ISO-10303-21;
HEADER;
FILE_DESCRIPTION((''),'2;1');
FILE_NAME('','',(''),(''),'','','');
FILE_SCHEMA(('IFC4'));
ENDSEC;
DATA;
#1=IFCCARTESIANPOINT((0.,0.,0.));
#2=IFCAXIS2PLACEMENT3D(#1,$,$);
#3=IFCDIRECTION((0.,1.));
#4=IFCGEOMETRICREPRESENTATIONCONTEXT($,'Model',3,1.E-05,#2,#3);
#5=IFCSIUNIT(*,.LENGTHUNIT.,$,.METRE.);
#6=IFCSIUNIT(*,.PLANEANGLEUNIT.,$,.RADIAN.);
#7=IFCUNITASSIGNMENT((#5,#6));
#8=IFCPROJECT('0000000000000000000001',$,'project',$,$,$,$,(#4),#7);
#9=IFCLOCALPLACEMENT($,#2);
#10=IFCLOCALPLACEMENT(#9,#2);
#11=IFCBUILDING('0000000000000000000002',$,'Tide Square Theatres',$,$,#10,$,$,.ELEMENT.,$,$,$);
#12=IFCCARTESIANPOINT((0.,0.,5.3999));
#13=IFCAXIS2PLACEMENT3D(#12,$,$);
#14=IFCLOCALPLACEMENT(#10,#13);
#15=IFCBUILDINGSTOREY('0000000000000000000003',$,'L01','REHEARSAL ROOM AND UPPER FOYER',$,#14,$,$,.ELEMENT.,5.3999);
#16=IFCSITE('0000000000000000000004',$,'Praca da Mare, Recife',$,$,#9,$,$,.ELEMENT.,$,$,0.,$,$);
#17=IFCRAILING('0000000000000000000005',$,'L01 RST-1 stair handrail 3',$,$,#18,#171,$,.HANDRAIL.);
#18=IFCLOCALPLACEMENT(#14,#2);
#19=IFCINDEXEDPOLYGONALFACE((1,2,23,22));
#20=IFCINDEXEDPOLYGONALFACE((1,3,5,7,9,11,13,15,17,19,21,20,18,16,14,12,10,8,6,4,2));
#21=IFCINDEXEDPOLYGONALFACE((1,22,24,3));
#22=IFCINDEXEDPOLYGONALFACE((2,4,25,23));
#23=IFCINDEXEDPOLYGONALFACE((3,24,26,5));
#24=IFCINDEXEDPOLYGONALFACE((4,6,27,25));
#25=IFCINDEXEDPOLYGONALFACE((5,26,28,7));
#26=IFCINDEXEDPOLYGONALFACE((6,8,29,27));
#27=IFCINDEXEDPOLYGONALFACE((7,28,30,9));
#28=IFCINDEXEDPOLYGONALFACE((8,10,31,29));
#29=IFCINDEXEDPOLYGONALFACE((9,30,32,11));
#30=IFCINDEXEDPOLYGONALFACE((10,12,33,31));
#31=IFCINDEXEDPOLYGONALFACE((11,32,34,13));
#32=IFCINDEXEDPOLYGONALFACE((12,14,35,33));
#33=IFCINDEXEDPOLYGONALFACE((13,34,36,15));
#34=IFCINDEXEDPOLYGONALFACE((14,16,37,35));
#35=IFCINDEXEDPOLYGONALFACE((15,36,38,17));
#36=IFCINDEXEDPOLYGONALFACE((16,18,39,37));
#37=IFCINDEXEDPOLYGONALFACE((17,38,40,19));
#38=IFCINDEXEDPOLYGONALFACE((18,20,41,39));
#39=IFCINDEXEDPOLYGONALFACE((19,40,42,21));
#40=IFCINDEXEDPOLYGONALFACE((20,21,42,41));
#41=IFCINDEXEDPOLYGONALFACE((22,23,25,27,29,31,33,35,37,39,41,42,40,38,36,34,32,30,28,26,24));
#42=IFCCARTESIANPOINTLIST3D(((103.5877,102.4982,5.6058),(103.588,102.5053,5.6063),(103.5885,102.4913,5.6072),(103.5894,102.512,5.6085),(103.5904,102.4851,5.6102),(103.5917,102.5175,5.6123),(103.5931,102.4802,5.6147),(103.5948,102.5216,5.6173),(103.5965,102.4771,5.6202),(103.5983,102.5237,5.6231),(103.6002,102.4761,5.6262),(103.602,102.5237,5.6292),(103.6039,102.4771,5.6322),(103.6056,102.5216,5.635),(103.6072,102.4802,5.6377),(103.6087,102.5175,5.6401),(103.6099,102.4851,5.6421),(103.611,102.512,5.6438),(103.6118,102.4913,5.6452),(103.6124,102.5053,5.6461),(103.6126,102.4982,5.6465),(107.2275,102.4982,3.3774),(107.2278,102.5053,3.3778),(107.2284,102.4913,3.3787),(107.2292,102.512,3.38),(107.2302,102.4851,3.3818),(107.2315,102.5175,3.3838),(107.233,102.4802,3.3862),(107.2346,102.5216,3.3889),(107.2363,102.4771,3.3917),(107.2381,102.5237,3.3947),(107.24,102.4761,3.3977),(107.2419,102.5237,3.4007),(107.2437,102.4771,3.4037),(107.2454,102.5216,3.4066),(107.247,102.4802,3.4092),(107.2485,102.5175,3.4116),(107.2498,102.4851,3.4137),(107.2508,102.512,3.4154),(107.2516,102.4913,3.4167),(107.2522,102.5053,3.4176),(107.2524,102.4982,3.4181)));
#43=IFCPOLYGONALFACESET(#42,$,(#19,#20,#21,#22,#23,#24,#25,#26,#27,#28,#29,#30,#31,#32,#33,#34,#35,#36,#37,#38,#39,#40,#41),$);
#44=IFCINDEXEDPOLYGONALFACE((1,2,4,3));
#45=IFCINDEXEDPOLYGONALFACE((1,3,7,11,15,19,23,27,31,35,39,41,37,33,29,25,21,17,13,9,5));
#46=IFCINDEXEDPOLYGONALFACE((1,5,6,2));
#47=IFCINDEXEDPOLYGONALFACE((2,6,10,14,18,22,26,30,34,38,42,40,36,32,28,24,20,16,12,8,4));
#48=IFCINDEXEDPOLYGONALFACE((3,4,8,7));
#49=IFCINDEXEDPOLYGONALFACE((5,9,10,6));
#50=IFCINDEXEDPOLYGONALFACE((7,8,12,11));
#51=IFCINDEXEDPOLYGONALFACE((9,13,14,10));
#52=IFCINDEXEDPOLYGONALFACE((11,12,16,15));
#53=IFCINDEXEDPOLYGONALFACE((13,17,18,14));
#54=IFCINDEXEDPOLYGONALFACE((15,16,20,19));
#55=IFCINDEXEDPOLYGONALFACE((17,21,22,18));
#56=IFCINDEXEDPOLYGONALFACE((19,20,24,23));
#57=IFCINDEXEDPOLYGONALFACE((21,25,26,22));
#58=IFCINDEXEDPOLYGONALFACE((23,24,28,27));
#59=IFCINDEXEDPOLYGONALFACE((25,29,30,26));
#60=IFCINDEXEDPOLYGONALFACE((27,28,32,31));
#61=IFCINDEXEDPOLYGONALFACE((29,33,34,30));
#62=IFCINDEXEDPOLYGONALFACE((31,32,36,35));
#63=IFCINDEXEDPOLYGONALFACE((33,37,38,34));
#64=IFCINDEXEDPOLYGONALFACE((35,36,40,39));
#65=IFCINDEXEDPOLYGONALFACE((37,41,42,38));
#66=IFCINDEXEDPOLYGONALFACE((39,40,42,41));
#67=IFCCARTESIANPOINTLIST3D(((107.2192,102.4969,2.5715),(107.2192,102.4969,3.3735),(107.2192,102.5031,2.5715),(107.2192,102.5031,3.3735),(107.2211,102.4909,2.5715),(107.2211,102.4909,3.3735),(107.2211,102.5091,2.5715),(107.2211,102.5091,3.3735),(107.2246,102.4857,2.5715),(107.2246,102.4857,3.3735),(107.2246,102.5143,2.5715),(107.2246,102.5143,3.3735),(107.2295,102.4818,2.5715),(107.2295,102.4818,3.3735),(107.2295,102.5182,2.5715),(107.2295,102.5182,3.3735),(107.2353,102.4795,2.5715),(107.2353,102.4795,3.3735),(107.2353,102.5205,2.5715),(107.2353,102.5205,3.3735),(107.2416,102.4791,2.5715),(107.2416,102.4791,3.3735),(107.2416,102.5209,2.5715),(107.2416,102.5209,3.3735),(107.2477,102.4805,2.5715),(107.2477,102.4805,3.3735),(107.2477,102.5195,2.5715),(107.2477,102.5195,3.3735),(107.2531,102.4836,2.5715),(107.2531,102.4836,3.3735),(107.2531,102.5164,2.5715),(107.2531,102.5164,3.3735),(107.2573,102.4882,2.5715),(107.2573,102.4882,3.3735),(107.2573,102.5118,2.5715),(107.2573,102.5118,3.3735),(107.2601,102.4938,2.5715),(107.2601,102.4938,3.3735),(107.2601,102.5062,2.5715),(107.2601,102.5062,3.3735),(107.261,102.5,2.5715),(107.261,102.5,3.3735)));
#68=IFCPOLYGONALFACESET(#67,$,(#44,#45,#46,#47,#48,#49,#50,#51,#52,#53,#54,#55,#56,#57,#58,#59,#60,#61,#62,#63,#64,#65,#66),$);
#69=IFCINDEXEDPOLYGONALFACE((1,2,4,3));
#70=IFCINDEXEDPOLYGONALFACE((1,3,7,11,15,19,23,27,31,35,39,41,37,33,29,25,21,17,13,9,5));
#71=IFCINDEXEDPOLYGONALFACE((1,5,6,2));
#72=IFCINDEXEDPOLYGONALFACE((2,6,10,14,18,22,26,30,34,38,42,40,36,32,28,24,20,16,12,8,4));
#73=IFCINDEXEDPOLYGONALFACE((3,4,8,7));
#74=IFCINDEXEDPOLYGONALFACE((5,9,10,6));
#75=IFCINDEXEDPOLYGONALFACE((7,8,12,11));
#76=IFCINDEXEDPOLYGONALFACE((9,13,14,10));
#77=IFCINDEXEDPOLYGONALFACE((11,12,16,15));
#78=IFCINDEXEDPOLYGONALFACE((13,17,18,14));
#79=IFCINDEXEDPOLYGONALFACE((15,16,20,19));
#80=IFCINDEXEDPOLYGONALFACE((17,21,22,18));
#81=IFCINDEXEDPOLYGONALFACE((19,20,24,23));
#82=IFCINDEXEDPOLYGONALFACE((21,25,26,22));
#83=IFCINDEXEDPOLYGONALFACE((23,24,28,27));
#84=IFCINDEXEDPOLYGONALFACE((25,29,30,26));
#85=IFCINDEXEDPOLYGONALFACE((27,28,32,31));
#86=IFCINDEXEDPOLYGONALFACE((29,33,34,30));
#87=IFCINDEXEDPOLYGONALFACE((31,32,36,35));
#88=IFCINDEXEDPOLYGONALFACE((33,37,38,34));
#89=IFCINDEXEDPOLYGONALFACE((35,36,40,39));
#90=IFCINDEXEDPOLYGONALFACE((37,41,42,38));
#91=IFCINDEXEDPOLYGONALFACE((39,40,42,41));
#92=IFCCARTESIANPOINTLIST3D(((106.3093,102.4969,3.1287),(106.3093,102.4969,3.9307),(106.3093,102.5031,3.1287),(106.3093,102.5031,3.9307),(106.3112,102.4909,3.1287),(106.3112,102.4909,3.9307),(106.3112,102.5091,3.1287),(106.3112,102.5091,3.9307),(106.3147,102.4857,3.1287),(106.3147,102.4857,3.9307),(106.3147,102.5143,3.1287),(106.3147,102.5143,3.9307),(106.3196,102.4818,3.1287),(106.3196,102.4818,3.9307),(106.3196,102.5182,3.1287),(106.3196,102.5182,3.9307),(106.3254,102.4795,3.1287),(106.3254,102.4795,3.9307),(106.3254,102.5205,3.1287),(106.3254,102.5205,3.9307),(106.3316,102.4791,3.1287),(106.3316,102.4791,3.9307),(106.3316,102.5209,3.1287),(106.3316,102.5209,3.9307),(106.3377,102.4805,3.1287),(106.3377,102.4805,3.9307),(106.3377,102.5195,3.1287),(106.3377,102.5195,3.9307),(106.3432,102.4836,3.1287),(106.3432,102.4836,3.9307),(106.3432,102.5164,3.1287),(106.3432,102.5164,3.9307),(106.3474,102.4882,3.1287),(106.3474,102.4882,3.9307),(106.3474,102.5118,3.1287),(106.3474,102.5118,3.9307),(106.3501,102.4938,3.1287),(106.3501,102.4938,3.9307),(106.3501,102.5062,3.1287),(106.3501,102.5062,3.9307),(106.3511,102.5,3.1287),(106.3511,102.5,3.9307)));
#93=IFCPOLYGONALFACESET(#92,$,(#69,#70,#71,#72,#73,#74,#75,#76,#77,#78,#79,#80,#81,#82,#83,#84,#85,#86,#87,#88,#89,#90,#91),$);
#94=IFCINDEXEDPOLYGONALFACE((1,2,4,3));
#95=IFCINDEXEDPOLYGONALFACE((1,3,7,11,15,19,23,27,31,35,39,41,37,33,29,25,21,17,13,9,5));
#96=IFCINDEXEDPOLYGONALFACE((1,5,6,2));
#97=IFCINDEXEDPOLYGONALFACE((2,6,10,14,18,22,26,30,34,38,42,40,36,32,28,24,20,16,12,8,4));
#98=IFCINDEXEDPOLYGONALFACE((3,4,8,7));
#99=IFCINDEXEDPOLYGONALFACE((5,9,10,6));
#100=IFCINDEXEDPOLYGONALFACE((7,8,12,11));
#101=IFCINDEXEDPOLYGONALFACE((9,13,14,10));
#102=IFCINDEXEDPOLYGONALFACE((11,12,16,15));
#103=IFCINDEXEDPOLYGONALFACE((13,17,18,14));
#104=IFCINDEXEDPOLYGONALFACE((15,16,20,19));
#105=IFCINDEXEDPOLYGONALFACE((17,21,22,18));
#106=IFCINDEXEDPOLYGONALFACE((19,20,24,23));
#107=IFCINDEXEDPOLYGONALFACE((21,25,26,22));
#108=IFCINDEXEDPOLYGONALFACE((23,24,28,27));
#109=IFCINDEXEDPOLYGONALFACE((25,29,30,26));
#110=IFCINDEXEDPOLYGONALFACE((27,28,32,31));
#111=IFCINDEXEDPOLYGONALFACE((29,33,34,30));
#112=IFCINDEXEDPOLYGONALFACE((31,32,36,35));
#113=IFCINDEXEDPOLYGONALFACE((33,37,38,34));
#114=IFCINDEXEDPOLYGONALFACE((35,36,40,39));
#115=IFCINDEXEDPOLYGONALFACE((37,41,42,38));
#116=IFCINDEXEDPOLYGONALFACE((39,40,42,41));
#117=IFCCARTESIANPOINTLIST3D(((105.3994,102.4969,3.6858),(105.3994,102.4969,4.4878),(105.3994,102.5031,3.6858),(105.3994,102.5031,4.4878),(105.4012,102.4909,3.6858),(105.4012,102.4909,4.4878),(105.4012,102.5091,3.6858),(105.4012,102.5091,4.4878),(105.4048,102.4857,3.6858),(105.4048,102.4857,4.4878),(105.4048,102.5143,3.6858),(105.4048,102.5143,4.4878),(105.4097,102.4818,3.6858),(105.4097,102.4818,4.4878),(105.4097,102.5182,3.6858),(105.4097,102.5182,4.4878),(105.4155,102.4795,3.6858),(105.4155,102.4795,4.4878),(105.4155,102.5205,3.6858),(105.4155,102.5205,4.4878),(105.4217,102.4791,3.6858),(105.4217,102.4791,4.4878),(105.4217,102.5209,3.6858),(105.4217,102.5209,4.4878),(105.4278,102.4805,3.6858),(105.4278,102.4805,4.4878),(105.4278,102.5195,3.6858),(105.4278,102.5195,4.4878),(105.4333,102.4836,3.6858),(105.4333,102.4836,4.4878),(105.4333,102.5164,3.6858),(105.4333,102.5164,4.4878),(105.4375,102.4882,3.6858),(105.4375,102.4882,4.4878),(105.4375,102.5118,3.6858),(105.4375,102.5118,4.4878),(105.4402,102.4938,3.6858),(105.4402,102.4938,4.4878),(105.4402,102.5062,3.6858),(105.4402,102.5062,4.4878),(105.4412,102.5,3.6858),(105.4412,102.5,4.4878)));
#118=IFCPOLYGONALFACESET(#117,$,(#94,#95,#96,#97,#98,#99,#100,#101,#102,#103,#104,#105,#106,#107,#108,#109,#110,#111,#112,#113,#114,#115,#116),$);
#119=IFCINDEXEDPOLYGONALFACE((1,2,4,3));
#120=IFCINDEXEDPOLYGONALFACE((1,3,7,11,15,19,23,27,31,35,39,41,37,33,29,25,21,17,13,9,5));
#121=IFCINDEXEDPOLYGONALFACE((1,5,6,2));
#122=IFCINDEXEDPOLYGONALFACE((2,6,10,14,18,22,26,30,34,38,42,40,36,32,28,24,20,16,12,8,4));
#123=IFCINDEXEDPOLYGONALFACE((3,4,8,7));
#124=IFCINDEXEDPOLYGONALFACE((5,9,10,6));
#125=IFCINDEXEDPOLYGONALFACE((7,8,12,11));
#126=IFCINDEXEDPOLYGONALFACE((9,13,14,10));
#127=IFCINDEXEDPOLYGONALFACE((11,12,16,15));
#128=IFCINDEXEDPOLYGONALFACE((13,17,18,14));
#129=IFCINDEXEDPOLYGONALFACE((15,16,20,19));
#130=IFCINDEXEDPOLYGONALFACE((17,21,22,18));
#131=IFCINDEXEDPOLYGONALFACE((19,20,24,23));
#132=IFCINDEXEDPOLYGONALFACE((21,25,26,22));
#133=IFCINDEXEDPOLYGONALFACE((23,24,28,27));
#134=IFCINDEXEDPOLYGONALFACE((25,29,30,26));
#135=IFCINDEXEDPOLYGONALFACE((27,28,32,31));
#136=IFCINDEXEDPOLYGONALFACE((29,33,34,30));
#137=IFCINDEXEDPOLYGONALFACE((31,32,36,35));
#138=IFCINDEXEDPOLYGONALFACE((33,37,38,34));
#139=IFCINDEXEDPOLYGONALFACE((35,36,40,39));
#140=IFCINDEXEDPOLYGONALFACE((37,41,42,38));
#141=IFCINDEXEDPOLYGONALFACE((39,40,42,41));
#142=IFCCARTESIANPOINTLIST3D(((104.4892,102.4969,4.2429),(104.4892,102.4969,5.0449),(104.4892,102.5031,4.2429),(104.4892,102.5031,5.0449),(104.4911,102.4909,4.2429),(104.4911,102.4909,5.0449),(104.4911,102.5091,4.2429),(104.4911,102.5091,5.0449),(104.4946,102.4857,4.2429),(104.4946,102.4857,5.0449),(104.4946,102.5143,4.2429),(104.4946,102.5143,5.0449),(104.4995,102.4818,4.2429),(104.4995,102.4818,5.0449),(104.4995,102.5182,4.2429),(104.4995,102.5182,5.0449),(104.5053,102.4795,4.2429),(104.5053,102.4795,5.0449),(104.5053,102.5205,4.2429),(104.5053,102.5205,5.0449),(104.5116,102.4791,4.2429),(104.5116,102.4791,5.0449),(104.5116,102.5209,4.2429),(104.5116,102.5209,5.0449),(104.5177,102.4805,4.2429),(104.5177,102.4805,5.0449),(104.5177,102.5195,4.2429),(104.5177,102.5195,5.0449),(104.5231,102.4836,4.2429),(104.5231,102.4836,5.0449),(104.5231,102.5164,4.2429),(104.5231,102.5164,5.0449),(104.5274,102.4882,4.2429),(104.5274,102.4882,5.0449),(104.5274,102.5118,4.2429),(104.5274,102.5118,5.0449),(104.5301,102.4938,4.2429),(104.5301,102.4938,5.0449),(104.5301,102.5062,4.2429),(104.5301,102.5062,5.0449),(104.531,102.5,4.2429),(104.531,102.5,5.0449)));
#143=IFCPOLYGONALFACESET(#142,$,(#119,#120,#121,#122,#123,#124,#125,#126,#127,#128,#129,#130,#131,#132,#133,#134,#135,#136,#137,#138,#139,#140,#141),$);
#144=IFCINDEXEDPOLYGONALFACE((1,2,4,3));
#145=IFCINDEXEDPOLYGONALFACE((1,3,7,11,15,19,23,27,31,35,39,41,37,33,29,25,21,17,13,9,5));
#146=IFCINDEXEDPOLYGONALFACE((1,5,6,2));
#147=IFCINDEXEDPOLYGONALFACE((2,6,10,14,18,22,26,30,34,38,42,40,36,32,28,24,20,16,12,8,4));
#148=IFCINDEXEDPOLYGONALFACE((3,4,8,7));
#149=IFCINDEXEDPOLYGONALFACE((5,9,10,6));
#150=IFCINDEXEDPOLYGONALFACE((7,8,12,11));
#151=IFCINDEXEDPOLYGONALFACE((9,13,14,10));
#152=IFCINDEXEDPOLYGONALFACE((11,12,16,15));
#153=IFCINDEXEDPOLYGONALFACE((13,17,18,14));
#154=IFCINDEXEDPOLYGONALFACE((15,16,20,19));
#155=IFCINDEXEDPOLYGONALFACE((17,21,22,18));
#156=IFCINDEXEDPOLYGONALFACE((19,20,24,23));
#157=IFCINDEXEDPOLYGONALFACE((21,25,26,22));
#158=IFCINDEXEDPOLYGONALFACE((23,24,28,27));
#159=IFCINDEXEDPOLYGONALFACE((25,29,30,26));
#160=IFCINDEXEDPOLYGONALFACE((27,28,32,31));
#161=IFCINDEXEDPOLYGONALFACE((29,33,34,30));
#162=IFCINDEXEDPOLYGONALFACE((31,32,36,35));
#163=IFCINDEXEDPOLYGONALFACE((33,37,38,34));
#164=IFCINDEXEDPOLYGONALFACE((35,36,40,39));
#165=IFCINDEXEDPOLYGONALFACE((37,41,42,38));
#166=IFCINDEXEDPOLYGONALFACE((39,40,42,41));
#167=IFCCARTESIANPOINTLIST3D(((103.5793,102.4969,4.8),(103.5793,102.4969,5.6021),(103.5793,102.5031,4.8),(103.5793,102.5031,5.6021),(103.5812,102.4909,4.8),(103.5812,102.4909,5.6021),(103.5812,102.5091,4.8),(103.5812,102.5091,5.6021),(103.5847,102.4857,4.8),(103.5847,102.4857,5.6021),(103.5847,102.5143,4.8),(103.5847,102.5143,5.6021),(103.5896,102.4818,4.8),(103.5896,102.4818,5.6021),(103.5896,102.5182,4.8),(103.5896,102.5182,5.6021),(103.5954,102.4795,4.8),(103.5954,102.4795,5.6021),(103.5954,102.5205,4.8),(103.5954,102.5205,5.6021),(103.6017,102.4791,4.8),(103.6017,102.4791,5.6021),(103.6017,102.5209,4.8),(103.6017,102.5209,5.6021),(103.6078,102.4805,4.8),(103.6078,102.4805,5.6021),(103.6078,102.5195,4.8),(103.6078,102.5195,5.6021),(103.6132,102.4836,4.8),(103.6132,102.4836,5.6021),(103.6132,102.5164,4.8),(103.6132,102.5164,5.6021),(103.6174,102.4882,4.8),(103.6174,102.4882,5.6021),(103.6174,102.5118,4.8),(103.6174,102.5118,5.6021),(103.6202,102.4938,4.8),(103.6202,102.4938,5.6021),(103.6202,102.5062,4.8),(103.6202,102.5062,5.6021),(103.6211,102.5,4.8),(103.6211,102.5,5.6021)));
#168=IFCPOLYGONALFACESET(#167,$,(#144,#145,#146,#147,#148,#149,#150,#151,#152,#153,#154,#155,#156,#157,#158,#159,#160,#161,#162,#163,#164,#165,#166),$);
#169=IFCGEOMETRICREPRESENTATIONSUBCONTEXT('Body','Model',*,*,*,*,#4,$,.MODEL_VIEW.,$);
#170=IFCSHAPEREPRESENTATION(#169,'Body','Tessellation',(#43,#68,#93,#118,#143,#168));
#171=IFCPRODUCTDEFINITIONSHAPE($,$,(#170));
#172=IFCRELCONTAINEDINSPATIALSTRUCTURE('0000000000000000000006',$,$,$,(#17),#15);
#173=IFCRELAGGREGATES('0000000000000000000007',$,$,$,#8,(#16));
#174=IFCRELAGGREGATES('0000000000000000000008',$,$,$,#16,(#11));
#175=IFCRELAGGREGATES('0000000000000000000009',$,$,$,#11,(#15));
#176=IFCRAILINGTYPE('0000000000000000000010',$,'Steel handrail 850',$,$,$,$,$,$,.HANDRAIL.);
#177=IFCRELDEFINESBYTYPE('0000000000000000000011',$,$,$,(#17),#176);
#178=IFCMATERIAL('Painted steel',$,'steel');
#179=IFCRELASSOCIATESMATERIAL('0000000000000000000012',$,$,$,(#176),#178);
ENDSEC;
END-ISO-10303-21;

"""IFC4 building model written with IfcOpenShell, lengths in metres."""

from ifc_helpers import new_model, si_unit, direction, frame, origin, origin_2d, place, context, subcontext, project, spatial, circle, extrude, material, type_object, element, save


model = new_model("IFC4")

# Units and contexts
model_context = context("Model", 3, precision=1e-05, world=origin(), true_north=direction((0.0, 1.0)))
body_context = subcontext(model_context, "Body", "Model", "MODEL_VIEW")
ifc_project = project(units=[si_unit("LENGTHUNIT", "METRE"), si_unit("PLANEANGLEUNIT", "RADIAN")], contexts=[model_context])

# Site, building, storey
site_placement = place(None, origin())
site = spatial("IfcSite", under=ifc_project, at=site_placement, Name="Praca da Mare, Recife", CompositionType="ELEMENT", RefElevation=0.0)
building_placement = place(site_placement, origin())
building = spatial("IfcBuilding", under=site, at=building_placement, Name="Tide Square Theatres", CompositionType="ELEMENT")
storey_placement = place(building_placement, frame((0.0, 0.0, 5.3999)))
storey = spatial("IfcBuildingStorey", under=building, at=storey_placement, Name="L01", Description="REHEARSAL ROOM AND UPPER FOYER", CompositionType="ELEMENT", Elevation=5.3999)

# Railing
ifc_material_1 = material(Name="Painted steel", Category="steel")
railing_type_1 = type_object("IfcRailingType", Name="Steel handrail 850", PredefinedType="HANDRAIL", material=ifc_material_1)
for number, where, name in (
    (1, (107.24, 102.5, 2.5715), "L01 RST-1 stair handrail 3"),
):
    element("IfcRailing", number, at=place(storey_placement, frame(where)), inside=storey, type_object=railing_type_1, Name=name, PredefinedType="HANDRAIL", context=body_context, shape_type="SweptSolid", body=[
        extrude(circle(Radius=0.0239, at=origin_2d()), frame((0.0, 0.0, 0.8262), z_axis=(-0.85285, 0.0, 0.522156), x_axis=(0.0, -1.0, 0.0)), (0.0, 0.0, 1.0), 4.2678),
        extrude(circle(Radius=0.021, at=origin_2d()), origin(), (0.0, 0.0, 1.0), 0.802),
        extrude(circle(Radius=0.021, at=origin_2d()), frame((-0.9099, 0.0, 0.5571)), (0.0, 0.0, 1.0), 0.802),
        extrude(circle(Radius=0.021, at=origin_2d()), frame((-1.8198, 0.0, 1.1143)), (0.0, 0.0, 1.0), 0.802),
        extrude(circle(Radius=0.021, at=origin_2d()), frame((-2.73, 0.0, 1.6714)), (0.0, 0.0, 1.0), 0.802),
        extrude(circle(Radius=0.021, at=origin_2d()), frame((-3.6399, 0.0, 2.2285)), (0.0, 0.0, 1.0), 0.802),
    ])

save(model, "model.ifc")
